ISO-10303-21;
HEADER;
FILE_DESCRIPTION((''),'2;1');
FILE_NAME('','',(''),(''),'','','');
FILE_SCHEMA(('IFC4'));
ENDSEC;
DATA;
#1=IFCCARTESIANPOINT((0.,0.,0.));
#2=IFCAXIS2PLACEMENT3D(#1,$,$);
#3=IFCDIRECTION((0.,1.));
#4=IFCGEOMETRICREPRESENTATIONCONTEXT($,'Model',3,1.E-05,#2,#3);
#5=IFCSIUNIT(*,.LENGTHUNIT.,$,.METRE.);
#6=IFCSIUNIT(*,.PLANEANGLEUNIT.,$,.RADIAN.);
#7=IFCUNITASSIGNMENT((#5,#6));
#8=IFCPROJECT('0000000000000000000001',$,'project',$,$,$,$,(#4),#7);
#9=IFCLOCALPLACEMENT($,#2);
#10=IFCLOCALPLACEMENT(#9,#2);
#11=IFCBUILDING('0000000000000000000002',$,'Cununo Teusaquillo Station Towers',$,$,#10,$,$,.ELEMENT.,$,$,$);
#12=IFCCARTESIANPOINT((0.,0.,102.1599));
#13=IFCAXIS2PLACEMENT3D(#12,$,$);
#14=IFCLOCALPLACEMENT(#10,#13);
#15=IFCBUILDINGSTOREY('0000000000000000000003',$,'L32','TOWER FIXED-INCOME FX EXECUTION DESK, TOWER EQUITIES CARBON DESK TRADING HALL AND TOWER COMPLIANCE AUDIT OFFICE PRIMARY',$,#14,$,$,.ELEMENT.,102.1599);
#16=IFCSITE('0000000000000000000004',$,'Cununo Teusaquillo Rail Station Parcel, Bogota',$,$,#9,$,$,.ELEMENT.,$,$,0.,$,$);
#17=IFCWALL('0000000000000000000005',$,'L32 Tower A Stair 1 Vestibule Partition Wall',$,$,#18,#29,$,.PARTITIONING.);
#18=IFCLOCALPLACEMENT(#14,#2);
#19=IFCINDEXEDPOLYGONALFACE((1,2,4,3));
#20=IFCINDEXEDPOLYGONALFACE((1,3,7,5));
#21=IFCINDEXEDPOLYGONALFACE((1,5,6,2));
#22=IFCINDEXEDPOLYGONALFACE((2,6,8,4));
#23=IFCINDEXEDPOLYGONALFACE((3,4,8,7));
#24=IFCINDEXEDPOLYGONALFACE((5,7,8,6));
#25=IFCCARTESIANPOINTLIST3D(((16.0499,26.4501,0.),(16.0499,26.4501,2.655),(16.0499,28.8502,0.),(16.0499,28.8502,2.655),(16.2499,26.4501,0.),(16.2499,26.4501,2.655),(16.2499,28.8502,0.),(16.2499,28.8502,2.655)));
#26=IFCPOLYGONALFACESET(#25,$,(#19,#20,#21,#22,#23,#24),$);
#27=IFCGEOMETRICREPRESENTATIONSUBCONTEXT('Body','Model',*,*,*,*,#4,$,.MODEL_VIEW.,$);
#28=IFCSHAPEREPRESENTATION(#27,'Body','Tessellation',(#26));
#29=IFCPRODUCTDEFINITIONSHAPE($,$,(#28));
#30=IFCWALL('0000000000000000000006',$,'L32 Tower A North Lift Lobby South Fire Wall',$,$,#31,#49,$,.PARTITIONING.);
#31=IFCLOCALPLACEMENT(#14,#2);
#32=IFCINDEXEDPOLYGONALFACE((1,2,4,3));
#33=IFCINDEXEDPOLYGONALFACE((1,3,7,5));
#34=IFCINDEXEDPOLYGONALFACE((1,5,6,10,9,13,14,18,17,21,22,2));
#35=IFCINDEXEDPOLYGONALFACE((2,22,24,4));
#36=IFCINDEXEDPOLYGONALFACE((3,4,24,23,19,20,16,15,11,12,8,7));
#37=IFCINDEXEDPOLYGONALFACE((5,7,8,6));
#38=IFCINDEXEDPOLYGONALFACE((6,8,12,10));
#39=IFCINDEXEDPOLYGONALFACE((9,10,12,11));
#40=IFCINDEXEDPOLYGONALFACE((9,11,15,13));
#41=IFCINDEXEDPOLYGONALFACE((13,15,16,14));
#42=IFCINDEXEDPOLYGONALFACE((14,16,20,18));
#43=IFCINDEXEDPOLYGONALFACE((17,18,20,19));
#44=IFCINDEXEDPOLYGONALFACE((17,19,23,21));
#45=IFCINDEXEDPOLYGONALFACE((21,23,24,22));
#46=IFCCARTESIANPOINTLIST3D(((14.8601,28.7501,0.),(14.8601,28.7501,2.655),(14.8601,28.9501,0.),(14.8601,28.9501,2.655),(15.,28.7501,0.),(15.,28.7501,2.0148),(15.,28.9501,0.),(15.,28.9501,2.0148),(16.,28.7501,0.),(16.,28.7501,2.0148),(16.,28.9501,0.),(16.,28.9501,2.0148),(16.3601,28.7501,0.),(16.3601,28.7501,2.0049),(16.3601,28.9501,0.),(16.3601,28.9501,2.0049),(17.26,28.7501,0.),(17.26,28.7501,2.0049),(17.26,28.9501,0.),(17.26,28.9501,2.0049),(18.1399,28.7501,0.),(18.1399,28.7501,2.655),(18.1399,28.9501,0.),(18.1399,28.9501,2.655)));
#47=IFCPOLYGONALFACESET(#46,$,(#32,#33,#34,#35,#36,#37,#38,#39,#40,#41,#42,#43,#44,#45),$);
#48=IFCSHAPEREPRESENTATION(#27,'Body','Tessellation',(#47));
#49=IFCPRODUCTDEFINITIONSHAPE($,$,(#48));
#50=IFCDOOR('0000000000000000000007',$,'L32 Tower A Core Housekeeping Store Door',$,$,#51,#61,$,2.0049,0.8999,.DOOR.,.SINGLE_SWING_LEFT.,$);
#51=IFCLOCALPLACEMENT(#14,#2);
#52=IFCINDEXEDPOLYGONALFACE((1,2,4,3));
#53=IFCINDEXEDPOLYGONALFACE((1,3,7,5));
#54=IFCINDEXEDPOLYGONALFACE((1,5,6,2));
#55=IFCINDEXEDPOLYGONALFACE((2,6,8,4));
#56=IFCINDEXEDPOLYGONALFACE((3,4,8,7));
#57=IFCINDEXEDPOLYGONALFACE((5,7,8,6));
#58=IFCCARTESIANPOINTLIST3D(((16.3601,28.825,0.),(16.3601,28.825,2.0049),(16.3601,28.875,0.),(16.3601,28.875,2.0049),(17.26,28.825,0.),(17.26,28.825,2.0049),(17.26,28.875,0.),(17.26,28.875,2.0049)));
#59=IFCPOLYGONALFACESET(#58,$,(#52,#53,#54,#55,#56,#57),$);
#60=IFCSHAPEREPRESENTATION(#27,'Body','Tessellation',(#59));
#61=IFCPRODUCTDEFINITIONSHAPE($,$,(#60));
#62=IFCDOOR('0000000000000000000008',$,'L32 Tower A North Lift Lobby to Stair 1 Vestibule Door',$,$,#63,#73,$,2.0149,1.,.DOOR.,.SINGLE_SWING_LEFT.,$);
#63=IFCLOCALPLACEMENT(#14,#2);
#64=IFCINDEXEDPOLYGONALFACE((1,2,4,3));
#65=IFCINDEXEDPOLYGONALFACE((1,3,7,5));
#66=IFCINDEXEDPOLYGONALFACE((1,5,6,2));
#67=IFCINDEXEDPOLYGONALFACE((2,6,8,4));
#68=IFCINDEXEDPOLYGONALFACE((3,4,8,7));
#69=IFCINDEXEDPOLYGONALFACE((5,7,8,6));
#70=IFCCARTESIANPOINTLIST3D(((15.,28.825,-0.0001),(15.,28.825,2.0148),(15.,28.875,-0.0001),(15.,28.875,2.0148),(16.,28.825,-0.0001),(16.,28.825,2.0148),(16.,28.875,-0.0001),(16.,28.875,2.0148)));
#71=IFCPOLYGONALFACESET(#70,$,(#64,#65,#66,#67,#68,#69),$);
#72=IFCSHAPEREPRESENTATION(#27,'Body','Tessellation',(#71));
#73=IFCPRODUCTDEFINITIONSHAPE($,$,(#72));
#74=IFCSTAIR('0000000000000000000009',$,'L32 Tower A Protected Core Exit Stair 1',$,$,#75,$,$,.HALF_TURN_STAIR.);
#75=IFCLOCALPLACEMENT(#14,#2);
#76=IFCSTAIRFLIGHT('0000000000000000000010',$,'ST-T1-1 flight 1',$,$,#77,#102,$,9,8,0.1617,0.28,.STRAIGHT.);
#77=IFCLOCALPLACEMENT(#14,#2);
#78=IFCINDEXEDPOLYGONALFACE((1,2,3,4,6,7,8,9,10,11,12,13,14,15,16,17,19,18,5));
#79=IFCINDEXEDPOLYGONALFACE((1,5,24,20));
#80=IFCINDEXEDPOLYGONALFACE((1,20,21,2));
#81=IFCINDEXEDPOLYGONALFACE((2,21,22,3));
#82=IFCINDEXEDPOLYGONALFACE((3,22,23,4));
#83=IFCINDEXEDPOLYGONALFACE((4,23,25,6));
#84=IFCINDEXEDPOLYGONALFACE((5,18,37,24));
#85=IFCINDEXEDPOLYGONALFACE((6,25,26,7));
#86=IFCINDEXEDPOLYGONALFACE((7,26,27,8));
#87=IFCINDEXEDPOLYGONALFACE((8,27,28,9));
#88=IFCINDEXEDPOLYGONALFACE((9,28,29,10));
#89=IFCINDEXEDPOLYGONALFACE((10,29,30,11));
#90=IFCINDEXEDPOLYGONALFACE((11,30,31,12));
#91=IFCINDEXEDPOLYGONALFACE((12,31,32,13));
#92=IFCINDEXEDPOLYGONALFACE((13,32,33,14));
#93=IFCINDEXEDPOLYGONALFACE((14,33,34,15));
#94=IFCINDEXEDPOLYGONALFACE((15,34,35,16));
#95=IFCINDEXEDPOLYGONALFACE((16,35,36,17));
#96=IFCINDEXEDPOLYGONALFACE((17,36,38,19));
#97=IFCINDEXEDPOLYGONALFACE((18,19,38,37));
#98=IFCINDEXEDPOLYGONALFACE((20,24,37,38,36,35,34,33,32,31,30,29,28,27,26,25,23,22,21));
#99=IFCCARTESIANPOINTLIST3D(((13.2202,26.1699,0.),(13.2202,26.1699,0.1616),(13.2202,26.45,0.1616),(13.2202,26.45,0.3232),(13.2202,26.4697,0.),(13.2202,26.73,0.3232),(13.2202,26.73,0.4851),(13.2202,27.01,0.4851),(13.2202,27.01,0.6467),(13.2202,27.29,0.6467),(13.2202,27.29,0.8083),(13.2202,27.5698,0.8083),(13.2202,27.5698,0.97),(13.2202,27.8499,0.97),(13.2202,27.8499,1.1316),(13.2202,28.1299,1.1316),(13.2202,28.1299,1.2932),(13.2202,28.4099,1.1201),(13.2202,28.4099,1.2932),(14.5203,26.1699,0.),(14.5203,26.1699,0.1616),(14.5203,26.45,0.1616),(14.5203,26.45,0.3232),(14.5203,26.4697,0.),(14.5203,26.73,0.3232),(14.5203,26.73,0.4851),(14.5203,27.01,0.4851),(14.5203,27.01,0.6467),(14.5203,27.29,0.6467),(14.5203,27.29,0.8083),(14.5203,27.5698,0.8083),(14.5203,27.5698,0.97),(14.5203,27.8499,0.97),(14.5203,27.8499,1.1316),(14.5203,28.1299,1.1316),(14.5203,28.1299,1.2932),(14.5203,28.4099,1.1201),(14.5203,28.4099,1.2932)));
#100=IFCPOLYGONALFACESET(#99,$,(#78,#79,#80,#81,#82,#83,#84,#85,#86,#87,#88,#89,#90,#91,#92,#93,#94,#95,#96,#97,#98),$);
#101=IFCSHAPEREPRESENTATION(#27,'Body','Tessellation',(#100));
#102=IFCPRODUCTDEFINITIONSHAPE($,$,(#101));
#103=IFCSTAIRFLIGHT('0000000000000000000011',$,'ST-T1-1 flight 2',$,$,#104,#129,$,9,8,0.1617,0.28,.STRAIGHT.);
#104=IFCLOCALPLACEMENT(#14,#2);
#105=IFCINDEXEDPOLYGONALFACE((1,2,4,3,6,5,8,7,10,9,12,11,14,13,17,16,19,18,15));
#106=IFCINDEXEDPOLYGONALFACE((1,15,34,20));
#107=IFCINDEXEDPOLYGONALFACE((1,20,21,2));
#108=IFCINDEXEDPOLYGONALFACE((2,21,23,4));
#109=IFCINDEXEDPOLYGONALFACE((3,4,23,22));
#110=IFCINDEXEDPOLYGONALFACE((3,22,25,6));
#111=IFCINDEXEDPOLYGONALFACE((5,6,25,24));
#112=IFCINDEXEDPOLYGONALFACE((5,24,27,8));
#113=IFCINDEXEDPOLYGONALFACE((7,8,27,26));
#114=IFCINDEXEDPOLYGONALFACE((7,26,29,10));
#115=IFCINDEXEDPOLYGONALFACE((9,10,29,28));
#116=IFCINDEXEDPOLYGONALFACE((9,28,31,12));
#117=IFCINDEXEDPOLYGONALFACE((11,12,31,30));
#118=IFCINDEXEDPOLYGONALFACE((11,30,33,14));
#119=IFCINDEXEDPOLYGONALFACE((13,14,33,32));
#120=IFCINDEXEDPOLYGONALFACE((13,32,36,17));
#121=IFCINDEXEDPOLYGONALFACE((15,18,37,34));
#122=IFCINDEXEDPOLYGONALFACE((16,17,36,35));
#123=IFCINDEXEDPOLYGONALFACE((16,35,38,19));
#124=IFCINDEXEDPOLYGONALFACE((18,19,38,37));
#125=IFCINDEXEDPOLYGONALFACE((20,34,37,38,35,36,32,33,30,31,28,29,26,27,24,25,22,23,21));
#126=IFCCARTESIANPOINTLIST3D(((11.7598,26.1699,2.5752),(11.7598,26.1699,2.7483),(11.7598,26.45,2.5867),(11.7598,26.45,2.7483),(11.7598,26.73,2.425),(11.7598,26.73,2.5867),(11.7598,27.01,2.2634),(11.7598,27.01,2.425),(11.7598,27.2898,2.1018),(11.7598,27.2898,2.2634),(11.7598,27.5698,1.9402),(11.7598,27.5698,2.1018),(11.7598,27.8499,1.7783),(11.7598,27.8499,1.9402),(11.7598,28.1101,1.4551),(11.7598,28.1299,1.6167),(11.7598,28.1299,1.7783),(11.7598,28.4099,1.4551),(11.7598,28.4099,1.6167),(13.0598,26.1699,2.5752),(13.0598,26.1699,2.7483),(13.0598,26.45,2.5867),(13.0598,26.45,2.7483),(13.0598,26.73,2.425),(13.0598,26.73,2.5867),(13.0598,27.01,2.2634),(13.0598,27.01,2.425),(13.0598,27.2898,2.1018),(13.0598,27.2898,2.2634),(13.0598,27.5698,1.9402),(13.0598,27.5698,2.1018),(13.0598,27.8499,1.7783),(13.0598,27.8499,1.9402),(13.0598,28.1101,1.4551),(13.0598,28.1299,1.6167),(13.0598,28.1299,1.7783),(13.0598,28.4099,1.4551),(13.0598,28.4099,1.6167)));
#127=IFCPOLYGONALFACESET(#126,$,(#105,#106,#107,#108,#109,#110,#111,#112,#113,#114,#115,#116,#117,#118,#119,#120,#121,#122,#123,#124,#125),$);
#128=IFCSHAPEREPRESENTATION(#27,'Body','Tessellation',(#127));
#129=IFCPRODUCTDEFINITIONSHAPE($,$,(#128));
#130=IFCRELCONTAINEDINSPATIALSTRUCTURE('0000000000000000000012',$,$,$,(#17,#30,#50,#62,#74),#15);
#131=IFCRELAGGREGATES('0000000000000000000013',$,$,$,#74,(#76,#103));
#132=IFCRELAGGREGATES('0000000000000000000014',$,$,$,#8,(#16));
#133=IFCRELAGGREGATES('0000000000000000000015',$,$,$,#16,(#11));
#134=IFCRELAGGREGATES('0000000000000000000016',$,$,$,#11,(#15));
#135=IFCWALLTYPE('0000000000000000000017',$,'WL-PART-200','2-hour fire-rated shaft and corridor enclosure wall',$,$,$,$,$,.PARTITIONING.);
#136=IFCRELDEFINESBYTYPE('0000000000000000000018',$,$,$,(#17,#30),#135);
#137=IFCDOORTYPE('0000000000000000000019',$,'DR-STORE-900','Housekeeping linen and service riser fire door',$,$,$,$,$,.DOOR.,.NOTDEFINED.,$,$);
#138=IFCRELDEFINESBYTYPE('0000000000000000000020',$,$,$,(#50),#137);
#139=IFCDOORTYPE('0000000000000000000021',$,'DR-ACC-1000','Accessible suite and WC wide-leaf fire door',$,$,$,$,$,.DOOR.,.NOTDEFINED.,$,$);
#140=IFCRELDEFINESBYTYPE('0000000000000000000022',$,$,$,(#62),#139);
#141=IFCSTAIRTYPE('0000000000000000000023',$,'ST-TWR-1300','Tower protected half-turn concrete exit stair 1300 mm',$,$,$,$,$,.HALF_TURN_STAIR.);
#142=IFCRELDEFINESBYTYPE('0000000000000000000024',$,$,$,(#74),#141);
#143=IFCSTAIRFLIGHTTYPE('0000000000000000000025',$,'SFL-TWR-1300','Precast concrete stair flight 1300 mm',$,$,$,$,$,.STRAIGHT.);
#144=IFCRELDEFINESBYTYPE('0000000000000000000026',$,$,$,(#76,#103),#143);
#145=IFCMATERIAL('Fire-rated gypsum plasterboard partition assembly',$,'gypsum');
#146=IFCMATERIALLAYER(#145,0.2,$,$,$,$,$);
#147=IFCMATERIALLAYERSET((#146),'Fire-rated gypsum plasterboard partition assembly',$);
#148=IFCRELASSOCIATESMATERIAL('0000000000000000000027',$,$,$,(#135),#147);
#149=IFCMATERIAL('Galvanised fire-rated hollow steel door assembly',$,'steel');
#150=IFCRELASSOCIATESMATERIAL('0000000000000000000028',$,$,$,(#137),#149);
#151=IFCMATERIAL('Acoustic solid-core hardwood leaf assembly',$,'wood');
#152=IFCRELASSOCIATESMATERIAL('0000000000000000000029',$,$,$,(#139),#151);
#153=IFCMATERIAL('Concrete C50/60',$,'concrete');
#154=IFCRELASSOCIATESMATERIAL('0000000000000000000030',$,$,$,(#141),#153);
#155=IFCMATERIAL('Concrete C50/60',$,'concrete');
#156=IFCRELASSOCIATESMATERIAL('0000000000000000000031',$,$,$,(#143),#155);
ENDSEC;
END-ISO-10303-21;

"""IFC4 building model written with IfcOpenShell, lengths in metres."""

from ifc_helpers import new_model, si_unit, direction, frame, frame_2d, origin, place, context, subcontext, project, spatial, polyline, rectangle, outline, extrude, source, transform, mapped, material, layer, layer_set, type_object, element, fill, aggregate, save


model = new_model("IFC4")

# Units and contexts
model_context = context("Model", 3, precision=1e-05, world=origin(), true_north=direction((0.0, 1.0)))
body_context = subcontext(model_context, "Body", "Model", "MODEL_VIEW")
ifc_project = project(units=[si_unit("LENGTHUNIT", "METRE"), si_unit("PLANEANGLEUNIT", "RADIAN")], contexts=[model_context])

# Site, building, storey
site_placement = place(None, origin())
site = spatial("IfcSite", under=ifc_project, at=site_placement, Name="Cununo Teusaquillo Rail Station Parcel, Bogota", CompositionType="ELEMENT", RefElevation=0.0)
building_placement = place(site_placement, origin())
building = spatial("IfcBuilding", under=site, at=building_placement, Name="Cununo Teusaquillo Station Towers", CompositionType="ELEMENT")
storey_placement = place(building_placement, frame((0.0, 0.0, 102.1599)))
storey = spatial("IfcBuildingStorey", under=building, at=storey_placement, Name="L32", Description="TOWER FIXED-INCOME FX EXECUTION DESK, TOWER EQUITIES CARBON DESK TRADING HALL AND TOWER COMPLIANCE AUDIT OFFICE PRIMARY", CompositionType="ELEMENT", Elevation=102.1599)

# Shared definitions
ifc_material_1 = material(Name="Fire-rated gypsum plasterboard partition assembly", Category="gypsum")
ifc_layer_1 = layer(ifc_material_1, 0.2)
ifc_layer_set_1 = layer_set([ifc_layer_1], Name="Fire-rated gypsum plasterboard partition assembly")
wall_type_1 = type_object("IfcWallType", Name="WL-PART-200", Description="2-hour fire-rated shaft and corridor enclosure wall", PredefinedType="PARTITIONING", material=ifc_layer_set_1)
shared_shape_1 = source(origin(), body_context, "Body", "SweptSolid", [
    extrude(rectangle(XDim=0.8999, YDim=2.0049, at=frame_2d((0.45, 1.0024))), frame((0.0, 0.1099, 0.0), z_axis=(0.0, -1.0, 0.0), x_axis=(1.0, 0.0, 0.0)), (0.0, 0.0, 1.0), 0.22),
])
ifc_material_2 = material(Name="Galvanised fire-rated hollow steel door assembly", Category="steel")
door_type_1 = type_object("IfcDoorType", Name="DR-STORE-900", Description="Housekeeping linen and service riser fire door", OperationType="NOTDEFINED", PredefinedType="DOOR", material=ifc_material_2)
shared_shape_2 = source(origin(), body_context, "Body", "SweptSolid", [
    extrude(rectangle(XDim=0.8999, YDim=2.0049, at=frame_2d((0.45, 1.0024))), frame((0.0, 0.0249, 0.0), z_axis=(0.0, -1.0, 0.0), x_axis=(1.0, 0.0, 0.0)), (0.0, 0.0, 1.0), 0.05),
])

# Wall
wall_1_placement = place(storey_placement, frame((16.1499, 26.45, 0.0), z_axis=(0.0, 0.0, 1.0), x_axis=(0.0, 1.0, 0.0)))
element("IfcWall", 1, at=wall_1_placement, inside=storey, type_object=wall_type_1, Name="L32 Tower A Stair 1 Vestibule Partition Wall", PredefinedType="PARTITIONING", context=body_context, shape_type="SweptSolid", body=[
    extrude(rectangle(XDim=2.4001, YDim=0.2, at=frame_2d((1.2002, 0.0))), origin(), (0.0, 0.0, 1.0), 2.655),
])

# Wall, openings, doors
wall_2_placement = place(storey_placement, frame((14.8601, 28.8501, 0.0), z_axis=(0.0, 0.0, 1.0), x_axis=(1.0, 0.0, 0.0)))
wall_2 = element("IfcWall", 2, at=wall_2_placement, inside=storey, type_object=wall_type_1, Name="L32 Tower A North Lift Lobby South Fire Wall", PredefinedType="PARTITIONING", context=body_context, shape_type="SweptSolid", body=[
    extrude(rectangle(XDim=3.2798, YDim=0.2, at=frame_2d((1.6399, 0.0))), origin(), (0.0, 0.0, 1.0), 2.655),
])
shared_shape_3 = source(origin(), body_context, "Body", "SweptSolid", [
    extrude(rectangle(XDim=1.0, YDim=2.0149, at=frame_2d((0.5, 1.0073))), frame((0.0, 0.1099, 0.0), z_axis=(0.0, -1.0, 0.0), x_axis=(1.0, 0.0, 0.0)), (0.0, 0.0, 1.0), 0.22),
])
opening_1_placement = place(wall_2_placement, frame((0.1399, 0.0, 0.0)))
opening_1 = element("IfcOpeningElement", 3, at=opening_1_placement, cuts=wall_2, PredefinedType="OPENING", context=body_context, shape_type="MappedRepresentation", body=[
    mapped(shared_shape_3, transform((0.0, 0.0, 0.0), x_axis=(1.0, 0.0, 0.0), y_axis=(0.0, 1.0, 0.0), z_axis=(0.0, 0.0, 1.0), scale=1.0)),
])
opening_2_placement = place(wall_2_placement, frame((1.5, 0.0, 0.0)))
opening_2 = element("IfcOpeningElement", 4, at=opening_2_placement, cuts=wall_2, PredefinedType="OPENING", context=body_context, shape_type="MappedRepresentation", body=[
    mapped(shared_shape_1, transform((0.0, 0.0, 0.0), x_axis=(1.0, 0.0, 0.0), y_axis=(0.0, 1.0, 0.0), z_axis=(0.0, 0.0, 1.0), scale=1.0)),
])
door_1_placement = place(opening_2_placement, origin())
door_1 = element("IfcDoor", 5, at=door_1_placement, inside=storey, type_object=door_type_1, Name="L32 Tower A Core Housekeeping Store Door", OperationType="SINGLE_SWING_LEFT", OverallHeight=2.0049, OverallWidth=0.8999, PredefinedType="DOOR", context=body_context, shape_type="MappedRepresentation", body=[
    mapped(shared_shape_2, transform((0.0, 0.0, 0.0), x_axis=(1.0, 0.0, 0.0), y_axis=(0.0, 1.0, 0.0), z_axis=(0.0, 0.0, 1.0), scale=1.0)),
])
fill(opening_2, door_1)
ifc_material_3 = material(Name="Acoustic solid-core hardwood leaf assembly", Category="wood")
door_type_2 = type_object("IfcDoorType", Name="DR-ACC-1000", Description="Accessible suite and WC wide-leaf fire door", OperationType="NOTDEFINED", PredefinedType="DOOR", material=ifc_material_3)
shared_shape_4 = source(origin(), body_context, "Body", "SweptSolid", [
    extrude(rectangle(XDim=1.0, YDim=2.0149, at=frame_2d((0.5, 1.0073))), frame((0.0, 0.0249, 0.0), z_axis=(0.0, -1.0, 0.0), x_axis=(1.0, 0.0, 0.0)), (0.0, 0.0, 1.0), 0.05),
])
door_2_placement = place(opening_1_placement, origin())
door_2 = element("IfcDoor", 6, at=door_2_placement, inside=storey, type_object=door_type_2, Name="L32 Tower A North Lift Lobby to Stair 1 Vestibule Door", OperationType="SINGLE_SWING_LEFT", OverallHeight=2.0149, OverallWidth=1.0, PredefinedType="DOOR", context=body_context, shape_type="MappedRepresentation", body=[
    mapped(shared_shape_4, transform((0.0, 0.0, 0.0), x_axis=(1.0, 0.0, 0.0), y_axis=(0.0, 1.0, 0.0), z_axis=(0.0, 0.0, 1.0), scale=1.0)),
])
fill(opening_1, door_2)

# Stair, stair flights
ifc_material_4 = material(Name="Concrete C50/60", Category="concrete")
stair_type = type_object("IfcStairType", Name="ST-TWR-1300", Description="Tower protected half-turn concrete exit stair 1300 mm", PredefinedType="HALF_TURN_STAIR", material=ifc_material_4)
stair_placement = place(storey_placement, origin())
stair = element("IfcStair", 7, at=stair_placement, inside=storey, type_object=stair_type, Name="L32 Tower A Protected Core Exit Stair 1", PredefinedType="HALF_TURN_STAIR")
ifc_material_5 = material(Name="Concrete C50/60", Category="concrete")
stair_flight_type = type_object("IfcStairFlightType", Name="SFL-TWR-1300", Description="Precast concrete stair flight 1300 mm", PredefinedType="STRAIGHT", material=ifc_material_5)
stair_flight_1_placement = place(storey_placement, frame((13.8701, 26.1699, 0.0), z_axis=(0.0, 0.0, 1.0), x_axis=(0.0, 1.0, 0.0)))
stair_flight_1 = element("IfcStairFlight", 8, at=stair_flight_1_placement, type_object=stair_flight_type, Name="ST-T1-1 flight 1", NumberOfRisers=9, NumberOfTreads=8, PredefinedType="STRAIGHT", RiserHeight=0.1617, TreadLength=0.28, context=body_context, shape_type="SweptSolid", body=[
    extrude(outline(polyline([(0.0, 0.0), (0.0, 0.1616), (0.28, 0.1616), (0.28, 0.3232), (0.5601, 0.3232), (0.5601, 0.4851), (0.8401, 0.4851), (0.8401, 0.6467), (1.1201, 0.6467), (1.1201, 0.8083), (1.3999, 0.8083), (1.3999, 0.97), (1.6799, 0.97), (1.6799, 1.1316), (1.96, 1.1316), (1.96, 1.2932), (2.24, 1.2932), (2.24, 1.4551), (2.24, 1.1201), (0.2998, 0.0), (0.0, 0.0)])), frame((0.0, 0.6499, 0.0), z_axis=(0.0, -1.0, 0.0), x_axis=(1.0, 0.0, 0.0)), (0.0, 0.0, 1.0), 1.3),
])
stair_flight_2_placement = place(storey_placement, frame((12.4099, 28.4099, 1.4551), z_axis=(0.0, 0.0, 1.0), x_axis=(0.0, -1.0, 0.0)))
stair_flight_2 = element("IfcStairFlight", 9, at=stair_flight_2_placement, type_object=stair_flight_type, Name="ST-T1-1 flight 2", NumberOfRisers=9, NumberOfTreads=8, PredefinedType="STRAIGHT", RiserHeight=0.1617, TreadLength=0.28, context=body_context, shape_type="SweptSolid", body=[
    extrude(outline(polyline([(0.0, 0.0), (0.0, 0.1616), (0.28, 0.1616), (0.28, 0.3232), (0.5601, 0.3232), (0.5601, 0.4851), (0.8401, 0.4851), (0.8401, 0.6467), (1.1201, 0.6467), (1.1201, 0.8083), (1.3999, 0.8083), (1.3999, 0.97), (1.6799, 0.97), (1.6799, 1.1316), (1.96, 1.1316), (1.96, 1.2932), (2.24, 1.2932), (2.24, 1.4551), (2.24, 1.1201), (0.2998, 0.0), (0.0, 0.0)])), frame((0.0, 0.6499, 0.0), z_axis=(0.0, -1.0, 0.0), x_axis=(1.0, 0.0, 0.0)), (0.0, 0.0, 1.0), 1.3),
])
aggregate(stair, [stair_flight_1, stair_flight_2])

save(model, "model.ifc")
